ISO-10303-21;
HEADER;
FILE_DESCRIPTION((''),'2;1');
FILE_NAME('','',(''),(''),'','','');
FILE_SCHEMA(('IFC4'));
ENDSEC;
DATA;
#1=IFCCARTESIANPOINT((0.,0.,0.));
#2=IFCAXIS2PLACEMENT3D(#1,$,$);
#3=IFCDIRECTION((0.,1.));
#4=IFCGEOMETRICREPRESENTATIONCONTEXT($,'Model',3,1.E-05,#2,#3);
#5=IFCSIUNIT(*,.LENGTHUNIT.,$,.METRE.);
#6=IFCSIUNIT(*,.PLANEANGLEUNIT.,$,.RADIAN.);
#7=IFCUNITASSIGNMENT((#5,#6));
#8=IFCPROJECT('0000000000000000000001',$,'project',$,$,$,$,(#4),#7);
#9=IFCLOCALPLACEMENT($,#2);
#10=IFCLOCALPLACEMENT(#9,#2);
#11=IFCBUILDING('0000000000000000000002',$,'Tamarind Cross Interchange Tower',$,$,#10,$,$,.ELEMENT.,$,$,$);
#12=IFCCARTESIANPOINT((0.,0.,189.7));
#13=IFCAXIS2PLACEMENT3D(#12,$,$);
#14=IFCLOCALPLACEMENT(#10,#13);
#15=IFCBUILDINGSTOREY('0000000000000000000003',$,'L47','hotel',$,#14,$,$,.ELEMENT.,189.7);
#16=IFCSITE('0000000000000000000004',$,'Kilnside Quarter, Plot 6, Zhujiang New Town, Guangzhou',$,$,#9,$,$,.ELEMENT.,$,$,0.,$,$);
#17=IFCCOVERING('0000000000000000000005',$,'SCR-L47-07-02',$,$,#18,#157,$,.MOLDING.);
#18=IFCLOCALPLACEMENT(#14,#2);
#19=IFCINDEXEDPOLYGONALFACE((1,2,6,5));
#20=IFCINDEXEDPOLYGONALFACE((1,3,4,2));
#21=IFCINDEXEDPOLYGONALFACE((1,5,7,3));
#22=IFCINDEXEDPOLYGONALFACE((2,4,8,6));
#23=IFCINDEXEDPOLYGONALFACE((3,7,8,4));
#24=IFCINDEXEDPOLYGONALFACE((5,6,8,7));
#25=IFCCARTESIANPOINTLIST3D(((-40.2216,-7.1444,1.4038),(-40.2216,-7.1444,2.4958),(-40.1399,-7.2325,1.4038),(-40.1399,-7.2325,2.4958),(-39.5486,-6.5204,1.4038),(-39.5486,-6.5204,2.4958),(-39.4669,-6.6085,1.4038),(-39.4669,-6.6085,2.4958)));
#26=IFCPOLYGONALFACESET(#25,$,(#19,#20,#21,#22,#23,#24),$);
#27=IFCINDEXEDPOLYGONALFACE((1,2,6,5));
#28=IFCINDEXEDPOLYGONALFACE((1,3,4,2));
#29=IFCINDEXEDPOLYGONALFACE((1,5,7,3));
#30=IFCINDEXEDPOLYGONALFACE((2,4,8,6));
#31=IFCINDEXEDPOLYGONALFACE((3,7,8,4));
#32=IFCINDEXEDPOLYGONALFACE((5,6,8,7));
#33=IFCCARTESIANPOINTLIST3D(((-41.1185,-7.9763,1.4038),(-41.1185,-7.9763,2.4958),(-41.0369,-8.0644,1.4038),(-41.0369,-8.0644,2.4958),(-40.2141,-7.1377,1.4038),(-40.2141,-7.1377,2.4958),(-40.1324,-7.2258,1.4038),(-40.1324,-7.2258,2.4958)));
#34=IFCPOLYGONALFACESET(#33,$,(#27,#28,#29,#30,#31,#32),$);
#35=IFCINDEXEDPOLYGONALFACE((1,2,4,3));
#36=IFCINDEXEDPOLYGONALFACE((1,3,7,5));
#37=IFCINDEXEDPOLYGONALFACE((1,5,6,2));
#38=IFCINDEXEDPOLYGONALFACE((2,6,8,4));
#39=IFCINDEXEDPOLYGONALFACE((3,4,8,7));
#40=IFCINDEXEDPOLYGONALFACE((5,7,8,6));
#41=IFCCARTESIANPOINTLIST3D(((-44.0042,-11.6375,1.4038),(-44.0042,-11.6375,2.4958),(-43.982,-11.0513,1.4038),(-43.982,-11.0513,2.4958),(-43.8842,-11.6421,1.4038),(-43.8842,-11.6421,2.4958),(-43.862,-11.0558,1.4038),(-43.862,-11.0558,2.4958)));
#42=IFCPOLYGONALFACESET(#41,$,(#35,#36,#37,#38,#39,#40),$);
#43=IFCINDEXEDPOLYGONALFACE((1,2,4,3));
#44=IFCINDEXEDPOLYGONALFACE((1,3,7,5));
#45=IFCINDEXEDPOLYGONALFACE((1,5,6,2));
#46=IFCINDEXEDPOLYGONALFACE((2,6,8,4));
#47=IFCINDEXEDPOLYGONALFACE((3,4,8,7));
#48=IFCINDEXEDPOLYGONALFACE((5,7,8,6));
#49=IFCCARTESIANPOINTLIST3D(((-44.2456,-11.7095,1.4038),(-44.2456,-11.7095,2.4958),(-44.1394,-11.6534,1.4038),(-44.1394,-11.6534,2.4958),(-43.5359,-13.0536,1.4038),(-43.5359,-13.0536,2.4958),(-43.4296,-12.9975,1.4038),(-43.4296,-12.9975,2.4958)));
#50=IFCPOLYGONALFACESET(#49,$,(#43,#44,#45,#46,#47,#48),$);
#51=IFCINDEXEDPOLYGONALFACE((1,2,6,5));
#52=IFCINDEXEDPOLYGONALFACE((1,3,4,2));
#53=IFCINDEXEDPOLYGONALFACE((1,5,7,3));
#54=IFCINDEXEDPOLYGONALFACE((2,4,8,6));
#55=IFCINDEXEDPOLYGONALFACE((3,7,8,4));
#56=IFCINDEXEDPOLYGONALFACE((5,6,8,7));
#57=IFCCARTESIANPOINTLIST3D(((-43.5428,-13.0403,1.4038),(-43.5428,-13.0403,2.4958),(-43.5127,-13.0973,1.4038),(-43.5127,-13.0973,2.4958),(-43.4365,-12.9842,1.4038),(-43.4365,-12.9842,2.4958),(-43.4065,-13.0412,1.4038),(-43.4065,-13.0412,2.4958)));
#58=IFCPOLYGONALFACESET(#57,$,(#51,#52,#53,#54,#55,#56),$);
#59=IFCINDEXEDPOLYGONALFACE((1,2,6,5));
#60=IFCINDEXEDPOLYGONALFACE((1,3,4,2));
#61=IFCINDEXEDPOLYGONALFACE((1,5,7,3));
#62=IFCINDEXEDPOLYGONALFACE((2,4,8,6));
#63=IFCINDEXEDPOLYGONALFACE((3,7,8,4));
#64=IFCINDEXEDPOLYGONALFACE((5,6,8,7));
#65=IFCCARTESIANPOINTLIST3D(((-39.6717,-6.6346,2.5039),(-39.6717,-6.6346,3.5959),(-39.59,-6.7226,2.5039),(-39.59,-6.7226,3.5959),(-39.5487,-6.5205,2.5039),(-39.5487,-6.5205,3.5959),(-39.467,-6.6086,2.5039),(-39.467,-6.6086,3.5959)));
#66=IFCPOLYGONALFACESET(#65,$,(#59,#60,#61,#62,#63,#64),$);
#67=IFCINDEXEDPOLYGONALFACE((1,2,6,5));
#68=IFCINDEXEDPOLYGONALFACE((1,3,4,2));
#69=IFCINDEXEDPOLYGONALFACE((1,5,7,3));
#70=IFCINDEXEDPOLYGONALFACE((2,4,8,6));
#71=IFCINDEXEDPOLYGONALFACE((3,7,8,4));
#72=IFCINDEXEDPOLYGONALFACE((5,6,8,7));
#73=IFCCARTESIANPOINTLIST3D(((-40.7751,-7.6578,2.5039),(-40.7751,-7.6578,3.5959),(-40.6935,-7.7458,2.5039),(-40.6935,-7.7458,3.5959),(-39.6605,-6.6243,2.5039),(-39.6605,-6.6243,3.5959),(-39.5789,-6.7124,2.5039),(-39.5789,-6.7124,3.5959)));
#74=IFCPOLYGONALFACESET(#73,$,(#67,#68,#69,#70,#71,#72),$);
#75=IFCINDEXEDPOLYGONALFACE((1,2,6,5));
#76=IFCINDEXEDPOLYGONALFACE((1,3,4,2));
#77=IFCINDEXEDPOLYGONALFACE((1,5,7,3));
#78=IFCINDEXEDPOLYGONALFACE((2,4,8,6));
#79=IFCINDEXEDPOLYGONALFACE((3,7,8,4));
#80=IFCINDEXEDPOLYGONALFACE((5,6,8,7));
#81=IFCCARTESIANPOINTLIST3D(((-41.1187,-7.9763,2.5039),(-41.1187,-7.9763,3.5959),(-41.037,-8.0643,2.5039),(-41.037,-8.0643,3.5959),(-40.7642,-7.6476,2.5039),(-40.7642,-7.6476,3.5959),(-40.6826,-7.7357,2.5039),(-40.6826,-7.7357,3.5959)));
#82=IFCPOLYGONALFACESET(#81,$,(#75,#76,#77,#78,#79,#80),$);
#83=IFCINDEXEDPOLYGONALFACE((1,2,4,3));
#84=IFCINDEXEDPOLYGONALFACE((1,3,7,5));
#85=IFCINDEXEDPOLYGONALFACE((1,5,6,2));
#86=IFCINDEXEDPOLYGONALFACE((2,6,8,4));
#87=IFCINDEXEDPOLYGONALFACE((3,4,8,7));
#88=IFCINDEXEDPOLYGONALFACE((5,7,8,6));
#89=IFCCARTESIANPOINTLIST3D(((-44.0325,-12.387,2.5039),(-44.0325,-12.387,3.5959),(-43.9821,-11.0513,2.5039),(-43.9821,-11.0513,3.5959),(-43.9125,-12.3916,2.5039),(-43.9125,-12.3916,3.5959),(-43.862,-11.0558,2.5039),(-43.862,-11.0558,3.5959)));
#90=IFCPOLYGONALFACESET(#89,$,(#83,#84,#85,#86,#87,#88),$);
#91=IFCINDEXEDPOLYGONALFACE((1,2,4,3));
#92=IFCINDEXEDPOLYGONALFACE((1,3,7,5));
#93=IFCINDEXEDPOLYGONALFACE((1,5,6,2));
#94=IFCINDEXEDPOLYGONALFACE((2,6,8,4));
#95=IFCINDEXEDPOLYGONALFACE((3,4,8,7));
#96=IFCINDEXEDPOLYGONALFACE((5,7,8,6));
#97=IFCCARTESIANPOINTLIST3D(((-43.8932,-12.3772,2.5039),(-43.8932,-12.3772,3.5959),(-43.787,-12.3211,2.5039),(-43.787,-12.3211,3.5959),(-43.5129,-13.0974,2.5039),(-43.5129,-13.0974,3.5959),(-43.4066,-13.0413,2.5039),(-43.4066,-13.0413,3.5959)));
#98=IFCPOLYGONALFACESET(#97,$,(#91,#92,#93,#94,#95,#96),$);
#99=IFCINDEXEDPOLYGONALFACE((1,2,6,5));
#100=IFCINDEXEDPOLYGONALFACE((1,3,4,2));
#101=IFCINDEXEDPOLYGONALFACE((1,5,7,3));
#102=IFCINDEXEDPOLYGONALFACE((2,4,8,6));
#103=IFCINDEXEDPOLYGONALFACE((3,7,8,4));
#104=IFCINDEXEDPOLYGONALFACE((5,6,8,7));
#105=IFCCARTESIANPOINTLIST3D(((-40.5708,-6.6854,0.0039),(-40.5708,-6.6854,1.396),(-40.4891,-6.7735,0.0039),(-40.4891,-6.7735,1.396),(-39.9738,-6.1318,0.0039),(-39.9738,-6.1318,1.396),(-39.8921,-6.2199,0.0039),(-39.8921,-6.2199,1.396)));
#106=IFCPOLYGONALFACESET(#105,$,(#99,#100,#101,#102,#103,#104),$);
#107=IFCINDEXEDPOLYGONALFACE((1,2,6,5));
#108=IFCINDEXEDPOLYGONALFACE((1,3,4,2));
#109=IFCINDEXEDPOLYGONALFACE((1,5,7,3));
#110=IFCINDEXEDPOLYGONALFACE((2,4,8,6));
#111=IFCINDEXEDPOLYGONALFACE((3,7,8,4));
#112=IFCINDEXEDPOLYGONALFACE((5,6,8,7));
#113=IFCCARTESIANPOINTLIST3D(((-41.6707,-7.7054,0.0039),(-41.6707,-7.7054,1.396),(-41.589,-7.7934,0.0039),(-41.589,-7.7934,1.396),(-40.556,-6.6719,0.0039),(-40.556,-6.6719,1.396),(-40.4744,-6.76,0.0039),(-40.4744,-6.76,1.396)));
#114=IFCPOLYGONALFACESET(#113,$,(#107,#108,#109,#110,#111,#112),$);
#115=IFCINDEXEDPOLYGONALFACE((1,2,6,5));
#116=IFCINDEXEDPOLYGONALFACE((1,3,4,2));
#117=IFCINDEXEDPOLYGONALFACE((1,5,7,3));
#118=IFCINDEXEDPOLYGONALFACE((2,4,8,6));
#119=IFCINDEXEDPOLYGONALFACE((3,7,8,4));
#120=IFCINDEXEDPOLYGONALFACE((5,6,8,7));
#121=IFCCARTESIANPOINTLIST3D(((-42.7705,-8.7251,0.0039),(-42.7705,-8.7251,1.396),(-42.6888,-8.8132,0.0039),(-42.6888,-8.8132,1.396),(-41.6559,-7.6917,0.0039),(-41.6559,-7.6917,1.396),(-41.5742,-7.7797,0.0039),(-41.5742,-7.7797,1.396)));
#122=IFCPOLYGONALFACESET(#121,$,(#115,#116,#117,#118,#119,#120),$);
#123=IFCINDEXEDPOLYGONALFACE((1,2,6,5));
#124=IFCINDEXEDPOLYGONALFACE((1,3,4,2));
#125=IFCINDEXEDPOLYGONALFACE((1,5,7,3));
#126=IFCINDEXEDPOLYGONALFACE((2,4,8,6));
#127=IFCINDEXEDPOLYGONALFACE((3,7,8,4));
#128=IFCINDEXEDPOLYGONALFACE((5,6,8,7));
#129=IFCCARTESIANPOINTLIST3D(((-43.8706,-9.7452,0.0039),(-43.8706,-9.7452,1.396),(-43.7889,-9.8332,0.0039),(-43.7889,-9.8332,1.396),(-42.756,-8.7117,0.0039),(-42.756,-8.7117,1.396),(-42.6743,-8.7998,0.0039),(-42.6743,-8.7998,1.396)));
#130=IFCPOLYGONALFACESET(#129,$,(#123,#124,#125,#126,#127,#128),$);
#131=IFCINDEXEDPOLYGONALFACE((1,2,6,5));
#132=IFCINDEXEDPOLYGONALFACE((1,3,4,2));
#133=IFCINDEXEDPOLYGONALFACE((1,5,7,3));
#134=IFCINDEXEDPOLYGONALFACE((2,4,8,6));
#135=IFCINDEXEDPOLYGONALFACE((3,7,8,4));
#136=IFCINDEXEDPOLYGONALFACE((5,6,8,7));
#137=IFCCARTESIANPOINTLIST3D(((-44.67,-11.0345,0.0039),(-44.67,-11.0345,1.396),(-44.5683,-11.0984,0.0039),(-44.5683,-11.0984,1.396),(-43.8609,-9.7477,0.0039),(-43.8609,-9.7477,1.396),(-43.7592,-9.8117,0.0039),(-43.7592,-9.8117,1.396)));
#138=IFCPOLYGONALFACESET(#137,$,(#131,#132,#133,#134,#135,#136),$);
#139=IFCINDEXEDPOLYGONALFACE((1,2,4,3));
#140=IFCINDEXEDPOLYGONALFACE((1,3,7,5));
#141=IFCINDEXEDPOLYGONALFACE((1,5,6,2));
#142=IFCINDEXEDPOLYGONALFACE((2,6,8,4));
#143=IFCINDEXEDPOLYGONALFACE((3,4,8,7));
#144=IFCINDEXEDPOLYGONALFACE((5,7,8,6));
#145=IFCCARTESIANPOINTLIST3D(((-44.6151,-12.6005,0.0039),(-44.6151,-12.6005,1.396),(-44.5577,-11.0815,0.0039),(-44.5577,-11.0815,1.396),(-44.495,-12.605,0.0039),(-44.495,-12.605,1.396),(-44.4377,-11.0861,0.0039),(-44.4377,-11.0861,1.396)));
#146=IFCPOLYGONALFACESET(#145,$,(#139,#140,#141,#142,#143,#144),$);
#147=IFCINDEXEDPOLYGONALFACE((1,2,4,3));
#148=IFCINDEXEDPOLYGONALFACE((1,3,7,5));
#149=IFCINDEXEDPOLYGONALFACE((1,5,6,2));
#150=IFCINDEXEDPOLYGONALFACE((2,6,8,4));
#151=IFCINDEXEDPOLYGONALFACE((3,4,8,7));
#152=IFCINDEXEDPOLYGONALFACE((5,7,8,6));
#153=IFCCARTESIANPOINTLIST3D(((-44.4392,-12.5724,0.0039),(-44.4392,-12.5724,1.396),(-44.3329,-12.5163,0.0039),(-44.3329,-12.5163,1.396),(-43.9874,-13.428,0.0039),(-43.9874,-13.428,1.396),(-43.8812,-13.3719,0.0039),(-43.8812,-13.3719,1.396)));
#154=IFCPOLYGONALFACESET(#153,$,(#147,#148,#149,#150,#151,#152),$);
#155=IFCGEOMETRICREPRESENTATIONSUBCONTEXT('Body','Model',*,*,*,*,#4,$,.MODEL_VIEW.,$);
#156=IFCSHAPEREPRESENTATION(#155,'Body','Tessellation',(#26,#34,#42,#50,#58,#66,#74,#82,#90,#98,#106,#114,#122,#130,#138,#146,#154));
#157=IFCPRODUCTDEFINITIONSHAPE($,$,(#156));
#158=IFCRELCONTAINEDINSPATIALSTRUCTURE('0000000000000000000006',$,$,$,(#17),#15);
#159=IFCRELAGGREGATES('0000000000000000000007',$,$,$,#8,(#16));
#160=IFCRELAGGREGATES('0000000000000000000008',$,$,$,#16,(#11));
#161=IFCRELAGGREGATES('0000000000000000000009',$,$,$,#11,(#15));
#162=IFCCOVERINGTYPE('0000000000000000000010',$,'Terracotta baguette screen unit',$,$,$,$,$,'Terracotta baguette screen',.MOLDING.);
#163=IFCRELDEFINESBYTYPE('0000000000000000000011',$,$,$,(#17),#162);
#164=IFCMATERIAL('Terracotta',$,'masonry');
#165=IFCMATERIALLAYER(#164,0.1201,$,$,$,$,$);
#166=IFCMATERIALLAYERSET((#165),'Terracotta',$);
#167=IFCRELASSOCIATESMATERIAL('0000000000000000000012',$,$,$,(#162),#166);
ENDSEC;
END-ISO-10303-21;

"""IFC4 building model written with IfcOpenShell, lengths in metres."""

from ifc_helpers import new_model, si_unit, direction, frame, origin, origin_2d, place, context, subcontext, project, spatial, rectangle, extrude, material, layer, layer_set, type_object, element, save


model = new_model("IFC4")

# Units and contexts
model_context = context("Model", 3, precision=1e-05, world=origin(), true_north=direction((0.0, 1.0)))
body_context = subcontext(model_context, "Body", "Model", "MODEL_VIEW")
ifc_project = project(units=[si_unit("LENGTHUNIT", "METRE"), si_unit("PLANEANGLEUNIT", "RADIAN")], contexts=[model_context])

# Site, building, storey
site_placement = place(None, origin())
site = spatial("IfcSite", under=ifc_project, at=site_placement, Name="Kilnside Quarter, Plot 6, Zhujiang New Town, Guangzhou", CompositionType="ELEMENT", RefElevation=0.0)
building_placement = place(site_placement, origin())
building = spatial("IfcBuilding", under=site, at=building_placement, Name="Tamarind Cross Interchange Tower", CompositionType="ELEMENT")
storey_placement = place(building_placement, frame((0.0, 0.0, 189.7)))
storey = spatial("IfcBuildingStorey", under=building, at=storey_placement, Name="L47", Description="hotel", CompositionType="ELEMENT", Elevation=189.7)

# Covering
ifc_material_1 = material(Name="Terracotta", Category="masonry")
ifc_layer_1 = layer(ifc_material_1, 0.1201)
ifc_layer_set_1 = layer_set([ifc_layer_1], Name="Terracotta")
covering_type = type_object("IfcCoveringType", Name="Terracotta baguette screen unit", ElementType="Terracotta baguette screen", PredefinedType="MOLDING", material=ifc_layer_set_1)
covering_1_placement = place(storey_placement, origin())
element("IfcCovering", 1, at=covering_1_placement, inside=storey, type_object=covering_type, Name="SCR-L47-07-02", PredefinedType="MOLDING", context=body_context, shape_type="SweptSolid", body=[
    extrude(rectangle(XDim=0.9177, YDim=0.1201, at=origin_2d()), frame((-39.8442, -6.8765, 1.4038), z_axis=(0.0, 0.0, 1.0), x_axis=(-0.733293, -0.679912, 0.0)), (0.0, 0.0, 1.0), 1.092),
    extrude(rectangle(XDim=1.2334, YDim=0.1201, at=origin_2d()), frame((-40.6255, -7.6011, 1.4038), z_axis=(0.0, 0.0, 1.0), x_axis=(-0.733293, -0.679912, 0.0)), (0.0, 0.0, 1.0), 1.092),
    extrude(rectangle(XDim=0.5867, YDim=0.1201, at=origin_2d()), frame((-43.9331, -11.3467, 1.4038), z_axis=(0.0, 0.0, 1.0), x_axis=(-0.037746, -0.999287, 0.0)), (0.0, 0.0, 1.0), 1.092),
    extrude(rectangle(XDim=1.52, YDim=0.1201, at=origin_2d()), frame((-43.8376, -12.3535, 1.4038), z_axis=(0.0, 0.0, 1.0), x_axis=(0.466955, -0.884281, 0.0)), (0.0, 0.0, 1.0), 1.092),
    extrude(rectangle(XDim=0.0645, YDim=0.1201, at=origin_2d()), frame((-43.4746, -13.0408, 1.4038), z_axis=(0.0, 0.0, 1.0), x_axis=(0.466955, -0.884281, 0.0)), (0.0, 0.0, 1.0), 1.092),
    extrude(rectangle(XDim=0.1677, YDim=0.1201, at=origin_2d()), frame((-39.5693, -6.6216, 2.5039), z_axis=(0.0, 0.0, 1.0), x_axis=(-0.733293, -0.679912, 0.0)), (0.0, 0.0, 1.0), 1.092),
    extrude(rectangle(XDim=1.52, YDim=0.1201, at=origin_2d()), frame((-40.177, -7.1851, 2.5039), z_axis=(0.0, 0.0, 1.0), x_axis=(-0.733293, -0.679912, 0.0)), (0.0, 0.0, 1.0), 1.092),
    extrude(rectangle(XDim=0.4834, YDim=0.1201, at=origin_2d()), frame((-40.9006, -7.856, 2.5039), z_axis=(0.0, 0.0, 1.0), x_axis=(-0.733293, -0.679912, 0.0)), (0.0, 0.0, 1.0), 1.092),
    extrude(rectangle(XDim=1.3367, YDim=0.1201, at=origin_2d()), frame((-43.9473, -11.7214, 2.5039), z_axis=(0.0, 0.0, 1.0), x_axis=(-0.037746, -0.999287, 0.0)), (0.0, 0.0, 1.0), 1.092),
    extrude(rectangle(XDim=0.8145, YDim=0.1201, at=origin_2d()), frame((-43.6499, -12.7092, 2.5039), z_axis=(0.0, 0.0, 1.0), x_axis=(0.466955, -0.884281, 0.0)), (0.0, 0.0, 1.0), 1.092),
    extrude(rectangle(XDim=0.8142, YDim=0.1201, at=origin_2d()), frame((-40.2314, -6.4526, 0.0039), z_axis=(0.0, 0.0, 1.0), x_axis=(-0.733293, -0.679912, 0.0)), (0.0, 0.0, 1.0), 1.3921),
    extrude(rectangle(XDim=1.52, YDim=0.1201, at=origin_2d()), frame((-41.0725, -7.2327, 0.0039), z_axis=(0.0, 0.0, 1.0), x_axis=(-0.733293, -0.679912, 0.0)), (0.0, 0.0, 1.0), 1.3921),
    extrude(rectangle(XDim=1.52, YDim=0.1201, at=origin_2d()), frame((-42.1724, -8.2524, 0.0039), z_axis=(0.0, 0.0, 1.0), x_axis=(-0.733293, -0.679912, 0.0)), (0.0, 0.0, 1.0), 1.3921),
    extrude(rectangle(XDim=1.52, YDim=0.1201, at=origin_2d()), frame((-43.2725, -9.2725, 0.0039), z_axis=(0.0, 0.0, 1.0), x_axis=(-0.733293, -0.679912, 0.0)), (0.0, 0.0, 1.0), 1.3921),
    extrude(rectangle(XDim=1.52, YDim=0.1201, at=origin_2d()), frame((-44.2146, -10.4231, 0.0039), z_axis=(0.0, 0.0, 1.0), x_axis=(-0.532333, -0.846535, 0.0)), (0.0, 0.0, 1.0), 1.3921),
    extrude(rectangle(XDim=1.52, YDim=0.1201, at=origin_2d()), frame((-44.5264, -11.8433, 0.0039), z_axis=(0.0, 0.0, 1.0), x_axis=(-0.037746, -0.999287, 0.0)), (0.0, 0.0, 1.0), 1.3921),
    extrude(rectangle(XDim=0.9675, YDim=0.1201, at=origin_2d()), frame((-44.1602, -12.9722, 0.0039), z_axis=(0.0, 0.0, 1.0), x_axis=(0.466955, -0.884281, 0.0)), (0.0, 0.0, 1.0), 1.3921),
])

save(model, "model.ifc")
